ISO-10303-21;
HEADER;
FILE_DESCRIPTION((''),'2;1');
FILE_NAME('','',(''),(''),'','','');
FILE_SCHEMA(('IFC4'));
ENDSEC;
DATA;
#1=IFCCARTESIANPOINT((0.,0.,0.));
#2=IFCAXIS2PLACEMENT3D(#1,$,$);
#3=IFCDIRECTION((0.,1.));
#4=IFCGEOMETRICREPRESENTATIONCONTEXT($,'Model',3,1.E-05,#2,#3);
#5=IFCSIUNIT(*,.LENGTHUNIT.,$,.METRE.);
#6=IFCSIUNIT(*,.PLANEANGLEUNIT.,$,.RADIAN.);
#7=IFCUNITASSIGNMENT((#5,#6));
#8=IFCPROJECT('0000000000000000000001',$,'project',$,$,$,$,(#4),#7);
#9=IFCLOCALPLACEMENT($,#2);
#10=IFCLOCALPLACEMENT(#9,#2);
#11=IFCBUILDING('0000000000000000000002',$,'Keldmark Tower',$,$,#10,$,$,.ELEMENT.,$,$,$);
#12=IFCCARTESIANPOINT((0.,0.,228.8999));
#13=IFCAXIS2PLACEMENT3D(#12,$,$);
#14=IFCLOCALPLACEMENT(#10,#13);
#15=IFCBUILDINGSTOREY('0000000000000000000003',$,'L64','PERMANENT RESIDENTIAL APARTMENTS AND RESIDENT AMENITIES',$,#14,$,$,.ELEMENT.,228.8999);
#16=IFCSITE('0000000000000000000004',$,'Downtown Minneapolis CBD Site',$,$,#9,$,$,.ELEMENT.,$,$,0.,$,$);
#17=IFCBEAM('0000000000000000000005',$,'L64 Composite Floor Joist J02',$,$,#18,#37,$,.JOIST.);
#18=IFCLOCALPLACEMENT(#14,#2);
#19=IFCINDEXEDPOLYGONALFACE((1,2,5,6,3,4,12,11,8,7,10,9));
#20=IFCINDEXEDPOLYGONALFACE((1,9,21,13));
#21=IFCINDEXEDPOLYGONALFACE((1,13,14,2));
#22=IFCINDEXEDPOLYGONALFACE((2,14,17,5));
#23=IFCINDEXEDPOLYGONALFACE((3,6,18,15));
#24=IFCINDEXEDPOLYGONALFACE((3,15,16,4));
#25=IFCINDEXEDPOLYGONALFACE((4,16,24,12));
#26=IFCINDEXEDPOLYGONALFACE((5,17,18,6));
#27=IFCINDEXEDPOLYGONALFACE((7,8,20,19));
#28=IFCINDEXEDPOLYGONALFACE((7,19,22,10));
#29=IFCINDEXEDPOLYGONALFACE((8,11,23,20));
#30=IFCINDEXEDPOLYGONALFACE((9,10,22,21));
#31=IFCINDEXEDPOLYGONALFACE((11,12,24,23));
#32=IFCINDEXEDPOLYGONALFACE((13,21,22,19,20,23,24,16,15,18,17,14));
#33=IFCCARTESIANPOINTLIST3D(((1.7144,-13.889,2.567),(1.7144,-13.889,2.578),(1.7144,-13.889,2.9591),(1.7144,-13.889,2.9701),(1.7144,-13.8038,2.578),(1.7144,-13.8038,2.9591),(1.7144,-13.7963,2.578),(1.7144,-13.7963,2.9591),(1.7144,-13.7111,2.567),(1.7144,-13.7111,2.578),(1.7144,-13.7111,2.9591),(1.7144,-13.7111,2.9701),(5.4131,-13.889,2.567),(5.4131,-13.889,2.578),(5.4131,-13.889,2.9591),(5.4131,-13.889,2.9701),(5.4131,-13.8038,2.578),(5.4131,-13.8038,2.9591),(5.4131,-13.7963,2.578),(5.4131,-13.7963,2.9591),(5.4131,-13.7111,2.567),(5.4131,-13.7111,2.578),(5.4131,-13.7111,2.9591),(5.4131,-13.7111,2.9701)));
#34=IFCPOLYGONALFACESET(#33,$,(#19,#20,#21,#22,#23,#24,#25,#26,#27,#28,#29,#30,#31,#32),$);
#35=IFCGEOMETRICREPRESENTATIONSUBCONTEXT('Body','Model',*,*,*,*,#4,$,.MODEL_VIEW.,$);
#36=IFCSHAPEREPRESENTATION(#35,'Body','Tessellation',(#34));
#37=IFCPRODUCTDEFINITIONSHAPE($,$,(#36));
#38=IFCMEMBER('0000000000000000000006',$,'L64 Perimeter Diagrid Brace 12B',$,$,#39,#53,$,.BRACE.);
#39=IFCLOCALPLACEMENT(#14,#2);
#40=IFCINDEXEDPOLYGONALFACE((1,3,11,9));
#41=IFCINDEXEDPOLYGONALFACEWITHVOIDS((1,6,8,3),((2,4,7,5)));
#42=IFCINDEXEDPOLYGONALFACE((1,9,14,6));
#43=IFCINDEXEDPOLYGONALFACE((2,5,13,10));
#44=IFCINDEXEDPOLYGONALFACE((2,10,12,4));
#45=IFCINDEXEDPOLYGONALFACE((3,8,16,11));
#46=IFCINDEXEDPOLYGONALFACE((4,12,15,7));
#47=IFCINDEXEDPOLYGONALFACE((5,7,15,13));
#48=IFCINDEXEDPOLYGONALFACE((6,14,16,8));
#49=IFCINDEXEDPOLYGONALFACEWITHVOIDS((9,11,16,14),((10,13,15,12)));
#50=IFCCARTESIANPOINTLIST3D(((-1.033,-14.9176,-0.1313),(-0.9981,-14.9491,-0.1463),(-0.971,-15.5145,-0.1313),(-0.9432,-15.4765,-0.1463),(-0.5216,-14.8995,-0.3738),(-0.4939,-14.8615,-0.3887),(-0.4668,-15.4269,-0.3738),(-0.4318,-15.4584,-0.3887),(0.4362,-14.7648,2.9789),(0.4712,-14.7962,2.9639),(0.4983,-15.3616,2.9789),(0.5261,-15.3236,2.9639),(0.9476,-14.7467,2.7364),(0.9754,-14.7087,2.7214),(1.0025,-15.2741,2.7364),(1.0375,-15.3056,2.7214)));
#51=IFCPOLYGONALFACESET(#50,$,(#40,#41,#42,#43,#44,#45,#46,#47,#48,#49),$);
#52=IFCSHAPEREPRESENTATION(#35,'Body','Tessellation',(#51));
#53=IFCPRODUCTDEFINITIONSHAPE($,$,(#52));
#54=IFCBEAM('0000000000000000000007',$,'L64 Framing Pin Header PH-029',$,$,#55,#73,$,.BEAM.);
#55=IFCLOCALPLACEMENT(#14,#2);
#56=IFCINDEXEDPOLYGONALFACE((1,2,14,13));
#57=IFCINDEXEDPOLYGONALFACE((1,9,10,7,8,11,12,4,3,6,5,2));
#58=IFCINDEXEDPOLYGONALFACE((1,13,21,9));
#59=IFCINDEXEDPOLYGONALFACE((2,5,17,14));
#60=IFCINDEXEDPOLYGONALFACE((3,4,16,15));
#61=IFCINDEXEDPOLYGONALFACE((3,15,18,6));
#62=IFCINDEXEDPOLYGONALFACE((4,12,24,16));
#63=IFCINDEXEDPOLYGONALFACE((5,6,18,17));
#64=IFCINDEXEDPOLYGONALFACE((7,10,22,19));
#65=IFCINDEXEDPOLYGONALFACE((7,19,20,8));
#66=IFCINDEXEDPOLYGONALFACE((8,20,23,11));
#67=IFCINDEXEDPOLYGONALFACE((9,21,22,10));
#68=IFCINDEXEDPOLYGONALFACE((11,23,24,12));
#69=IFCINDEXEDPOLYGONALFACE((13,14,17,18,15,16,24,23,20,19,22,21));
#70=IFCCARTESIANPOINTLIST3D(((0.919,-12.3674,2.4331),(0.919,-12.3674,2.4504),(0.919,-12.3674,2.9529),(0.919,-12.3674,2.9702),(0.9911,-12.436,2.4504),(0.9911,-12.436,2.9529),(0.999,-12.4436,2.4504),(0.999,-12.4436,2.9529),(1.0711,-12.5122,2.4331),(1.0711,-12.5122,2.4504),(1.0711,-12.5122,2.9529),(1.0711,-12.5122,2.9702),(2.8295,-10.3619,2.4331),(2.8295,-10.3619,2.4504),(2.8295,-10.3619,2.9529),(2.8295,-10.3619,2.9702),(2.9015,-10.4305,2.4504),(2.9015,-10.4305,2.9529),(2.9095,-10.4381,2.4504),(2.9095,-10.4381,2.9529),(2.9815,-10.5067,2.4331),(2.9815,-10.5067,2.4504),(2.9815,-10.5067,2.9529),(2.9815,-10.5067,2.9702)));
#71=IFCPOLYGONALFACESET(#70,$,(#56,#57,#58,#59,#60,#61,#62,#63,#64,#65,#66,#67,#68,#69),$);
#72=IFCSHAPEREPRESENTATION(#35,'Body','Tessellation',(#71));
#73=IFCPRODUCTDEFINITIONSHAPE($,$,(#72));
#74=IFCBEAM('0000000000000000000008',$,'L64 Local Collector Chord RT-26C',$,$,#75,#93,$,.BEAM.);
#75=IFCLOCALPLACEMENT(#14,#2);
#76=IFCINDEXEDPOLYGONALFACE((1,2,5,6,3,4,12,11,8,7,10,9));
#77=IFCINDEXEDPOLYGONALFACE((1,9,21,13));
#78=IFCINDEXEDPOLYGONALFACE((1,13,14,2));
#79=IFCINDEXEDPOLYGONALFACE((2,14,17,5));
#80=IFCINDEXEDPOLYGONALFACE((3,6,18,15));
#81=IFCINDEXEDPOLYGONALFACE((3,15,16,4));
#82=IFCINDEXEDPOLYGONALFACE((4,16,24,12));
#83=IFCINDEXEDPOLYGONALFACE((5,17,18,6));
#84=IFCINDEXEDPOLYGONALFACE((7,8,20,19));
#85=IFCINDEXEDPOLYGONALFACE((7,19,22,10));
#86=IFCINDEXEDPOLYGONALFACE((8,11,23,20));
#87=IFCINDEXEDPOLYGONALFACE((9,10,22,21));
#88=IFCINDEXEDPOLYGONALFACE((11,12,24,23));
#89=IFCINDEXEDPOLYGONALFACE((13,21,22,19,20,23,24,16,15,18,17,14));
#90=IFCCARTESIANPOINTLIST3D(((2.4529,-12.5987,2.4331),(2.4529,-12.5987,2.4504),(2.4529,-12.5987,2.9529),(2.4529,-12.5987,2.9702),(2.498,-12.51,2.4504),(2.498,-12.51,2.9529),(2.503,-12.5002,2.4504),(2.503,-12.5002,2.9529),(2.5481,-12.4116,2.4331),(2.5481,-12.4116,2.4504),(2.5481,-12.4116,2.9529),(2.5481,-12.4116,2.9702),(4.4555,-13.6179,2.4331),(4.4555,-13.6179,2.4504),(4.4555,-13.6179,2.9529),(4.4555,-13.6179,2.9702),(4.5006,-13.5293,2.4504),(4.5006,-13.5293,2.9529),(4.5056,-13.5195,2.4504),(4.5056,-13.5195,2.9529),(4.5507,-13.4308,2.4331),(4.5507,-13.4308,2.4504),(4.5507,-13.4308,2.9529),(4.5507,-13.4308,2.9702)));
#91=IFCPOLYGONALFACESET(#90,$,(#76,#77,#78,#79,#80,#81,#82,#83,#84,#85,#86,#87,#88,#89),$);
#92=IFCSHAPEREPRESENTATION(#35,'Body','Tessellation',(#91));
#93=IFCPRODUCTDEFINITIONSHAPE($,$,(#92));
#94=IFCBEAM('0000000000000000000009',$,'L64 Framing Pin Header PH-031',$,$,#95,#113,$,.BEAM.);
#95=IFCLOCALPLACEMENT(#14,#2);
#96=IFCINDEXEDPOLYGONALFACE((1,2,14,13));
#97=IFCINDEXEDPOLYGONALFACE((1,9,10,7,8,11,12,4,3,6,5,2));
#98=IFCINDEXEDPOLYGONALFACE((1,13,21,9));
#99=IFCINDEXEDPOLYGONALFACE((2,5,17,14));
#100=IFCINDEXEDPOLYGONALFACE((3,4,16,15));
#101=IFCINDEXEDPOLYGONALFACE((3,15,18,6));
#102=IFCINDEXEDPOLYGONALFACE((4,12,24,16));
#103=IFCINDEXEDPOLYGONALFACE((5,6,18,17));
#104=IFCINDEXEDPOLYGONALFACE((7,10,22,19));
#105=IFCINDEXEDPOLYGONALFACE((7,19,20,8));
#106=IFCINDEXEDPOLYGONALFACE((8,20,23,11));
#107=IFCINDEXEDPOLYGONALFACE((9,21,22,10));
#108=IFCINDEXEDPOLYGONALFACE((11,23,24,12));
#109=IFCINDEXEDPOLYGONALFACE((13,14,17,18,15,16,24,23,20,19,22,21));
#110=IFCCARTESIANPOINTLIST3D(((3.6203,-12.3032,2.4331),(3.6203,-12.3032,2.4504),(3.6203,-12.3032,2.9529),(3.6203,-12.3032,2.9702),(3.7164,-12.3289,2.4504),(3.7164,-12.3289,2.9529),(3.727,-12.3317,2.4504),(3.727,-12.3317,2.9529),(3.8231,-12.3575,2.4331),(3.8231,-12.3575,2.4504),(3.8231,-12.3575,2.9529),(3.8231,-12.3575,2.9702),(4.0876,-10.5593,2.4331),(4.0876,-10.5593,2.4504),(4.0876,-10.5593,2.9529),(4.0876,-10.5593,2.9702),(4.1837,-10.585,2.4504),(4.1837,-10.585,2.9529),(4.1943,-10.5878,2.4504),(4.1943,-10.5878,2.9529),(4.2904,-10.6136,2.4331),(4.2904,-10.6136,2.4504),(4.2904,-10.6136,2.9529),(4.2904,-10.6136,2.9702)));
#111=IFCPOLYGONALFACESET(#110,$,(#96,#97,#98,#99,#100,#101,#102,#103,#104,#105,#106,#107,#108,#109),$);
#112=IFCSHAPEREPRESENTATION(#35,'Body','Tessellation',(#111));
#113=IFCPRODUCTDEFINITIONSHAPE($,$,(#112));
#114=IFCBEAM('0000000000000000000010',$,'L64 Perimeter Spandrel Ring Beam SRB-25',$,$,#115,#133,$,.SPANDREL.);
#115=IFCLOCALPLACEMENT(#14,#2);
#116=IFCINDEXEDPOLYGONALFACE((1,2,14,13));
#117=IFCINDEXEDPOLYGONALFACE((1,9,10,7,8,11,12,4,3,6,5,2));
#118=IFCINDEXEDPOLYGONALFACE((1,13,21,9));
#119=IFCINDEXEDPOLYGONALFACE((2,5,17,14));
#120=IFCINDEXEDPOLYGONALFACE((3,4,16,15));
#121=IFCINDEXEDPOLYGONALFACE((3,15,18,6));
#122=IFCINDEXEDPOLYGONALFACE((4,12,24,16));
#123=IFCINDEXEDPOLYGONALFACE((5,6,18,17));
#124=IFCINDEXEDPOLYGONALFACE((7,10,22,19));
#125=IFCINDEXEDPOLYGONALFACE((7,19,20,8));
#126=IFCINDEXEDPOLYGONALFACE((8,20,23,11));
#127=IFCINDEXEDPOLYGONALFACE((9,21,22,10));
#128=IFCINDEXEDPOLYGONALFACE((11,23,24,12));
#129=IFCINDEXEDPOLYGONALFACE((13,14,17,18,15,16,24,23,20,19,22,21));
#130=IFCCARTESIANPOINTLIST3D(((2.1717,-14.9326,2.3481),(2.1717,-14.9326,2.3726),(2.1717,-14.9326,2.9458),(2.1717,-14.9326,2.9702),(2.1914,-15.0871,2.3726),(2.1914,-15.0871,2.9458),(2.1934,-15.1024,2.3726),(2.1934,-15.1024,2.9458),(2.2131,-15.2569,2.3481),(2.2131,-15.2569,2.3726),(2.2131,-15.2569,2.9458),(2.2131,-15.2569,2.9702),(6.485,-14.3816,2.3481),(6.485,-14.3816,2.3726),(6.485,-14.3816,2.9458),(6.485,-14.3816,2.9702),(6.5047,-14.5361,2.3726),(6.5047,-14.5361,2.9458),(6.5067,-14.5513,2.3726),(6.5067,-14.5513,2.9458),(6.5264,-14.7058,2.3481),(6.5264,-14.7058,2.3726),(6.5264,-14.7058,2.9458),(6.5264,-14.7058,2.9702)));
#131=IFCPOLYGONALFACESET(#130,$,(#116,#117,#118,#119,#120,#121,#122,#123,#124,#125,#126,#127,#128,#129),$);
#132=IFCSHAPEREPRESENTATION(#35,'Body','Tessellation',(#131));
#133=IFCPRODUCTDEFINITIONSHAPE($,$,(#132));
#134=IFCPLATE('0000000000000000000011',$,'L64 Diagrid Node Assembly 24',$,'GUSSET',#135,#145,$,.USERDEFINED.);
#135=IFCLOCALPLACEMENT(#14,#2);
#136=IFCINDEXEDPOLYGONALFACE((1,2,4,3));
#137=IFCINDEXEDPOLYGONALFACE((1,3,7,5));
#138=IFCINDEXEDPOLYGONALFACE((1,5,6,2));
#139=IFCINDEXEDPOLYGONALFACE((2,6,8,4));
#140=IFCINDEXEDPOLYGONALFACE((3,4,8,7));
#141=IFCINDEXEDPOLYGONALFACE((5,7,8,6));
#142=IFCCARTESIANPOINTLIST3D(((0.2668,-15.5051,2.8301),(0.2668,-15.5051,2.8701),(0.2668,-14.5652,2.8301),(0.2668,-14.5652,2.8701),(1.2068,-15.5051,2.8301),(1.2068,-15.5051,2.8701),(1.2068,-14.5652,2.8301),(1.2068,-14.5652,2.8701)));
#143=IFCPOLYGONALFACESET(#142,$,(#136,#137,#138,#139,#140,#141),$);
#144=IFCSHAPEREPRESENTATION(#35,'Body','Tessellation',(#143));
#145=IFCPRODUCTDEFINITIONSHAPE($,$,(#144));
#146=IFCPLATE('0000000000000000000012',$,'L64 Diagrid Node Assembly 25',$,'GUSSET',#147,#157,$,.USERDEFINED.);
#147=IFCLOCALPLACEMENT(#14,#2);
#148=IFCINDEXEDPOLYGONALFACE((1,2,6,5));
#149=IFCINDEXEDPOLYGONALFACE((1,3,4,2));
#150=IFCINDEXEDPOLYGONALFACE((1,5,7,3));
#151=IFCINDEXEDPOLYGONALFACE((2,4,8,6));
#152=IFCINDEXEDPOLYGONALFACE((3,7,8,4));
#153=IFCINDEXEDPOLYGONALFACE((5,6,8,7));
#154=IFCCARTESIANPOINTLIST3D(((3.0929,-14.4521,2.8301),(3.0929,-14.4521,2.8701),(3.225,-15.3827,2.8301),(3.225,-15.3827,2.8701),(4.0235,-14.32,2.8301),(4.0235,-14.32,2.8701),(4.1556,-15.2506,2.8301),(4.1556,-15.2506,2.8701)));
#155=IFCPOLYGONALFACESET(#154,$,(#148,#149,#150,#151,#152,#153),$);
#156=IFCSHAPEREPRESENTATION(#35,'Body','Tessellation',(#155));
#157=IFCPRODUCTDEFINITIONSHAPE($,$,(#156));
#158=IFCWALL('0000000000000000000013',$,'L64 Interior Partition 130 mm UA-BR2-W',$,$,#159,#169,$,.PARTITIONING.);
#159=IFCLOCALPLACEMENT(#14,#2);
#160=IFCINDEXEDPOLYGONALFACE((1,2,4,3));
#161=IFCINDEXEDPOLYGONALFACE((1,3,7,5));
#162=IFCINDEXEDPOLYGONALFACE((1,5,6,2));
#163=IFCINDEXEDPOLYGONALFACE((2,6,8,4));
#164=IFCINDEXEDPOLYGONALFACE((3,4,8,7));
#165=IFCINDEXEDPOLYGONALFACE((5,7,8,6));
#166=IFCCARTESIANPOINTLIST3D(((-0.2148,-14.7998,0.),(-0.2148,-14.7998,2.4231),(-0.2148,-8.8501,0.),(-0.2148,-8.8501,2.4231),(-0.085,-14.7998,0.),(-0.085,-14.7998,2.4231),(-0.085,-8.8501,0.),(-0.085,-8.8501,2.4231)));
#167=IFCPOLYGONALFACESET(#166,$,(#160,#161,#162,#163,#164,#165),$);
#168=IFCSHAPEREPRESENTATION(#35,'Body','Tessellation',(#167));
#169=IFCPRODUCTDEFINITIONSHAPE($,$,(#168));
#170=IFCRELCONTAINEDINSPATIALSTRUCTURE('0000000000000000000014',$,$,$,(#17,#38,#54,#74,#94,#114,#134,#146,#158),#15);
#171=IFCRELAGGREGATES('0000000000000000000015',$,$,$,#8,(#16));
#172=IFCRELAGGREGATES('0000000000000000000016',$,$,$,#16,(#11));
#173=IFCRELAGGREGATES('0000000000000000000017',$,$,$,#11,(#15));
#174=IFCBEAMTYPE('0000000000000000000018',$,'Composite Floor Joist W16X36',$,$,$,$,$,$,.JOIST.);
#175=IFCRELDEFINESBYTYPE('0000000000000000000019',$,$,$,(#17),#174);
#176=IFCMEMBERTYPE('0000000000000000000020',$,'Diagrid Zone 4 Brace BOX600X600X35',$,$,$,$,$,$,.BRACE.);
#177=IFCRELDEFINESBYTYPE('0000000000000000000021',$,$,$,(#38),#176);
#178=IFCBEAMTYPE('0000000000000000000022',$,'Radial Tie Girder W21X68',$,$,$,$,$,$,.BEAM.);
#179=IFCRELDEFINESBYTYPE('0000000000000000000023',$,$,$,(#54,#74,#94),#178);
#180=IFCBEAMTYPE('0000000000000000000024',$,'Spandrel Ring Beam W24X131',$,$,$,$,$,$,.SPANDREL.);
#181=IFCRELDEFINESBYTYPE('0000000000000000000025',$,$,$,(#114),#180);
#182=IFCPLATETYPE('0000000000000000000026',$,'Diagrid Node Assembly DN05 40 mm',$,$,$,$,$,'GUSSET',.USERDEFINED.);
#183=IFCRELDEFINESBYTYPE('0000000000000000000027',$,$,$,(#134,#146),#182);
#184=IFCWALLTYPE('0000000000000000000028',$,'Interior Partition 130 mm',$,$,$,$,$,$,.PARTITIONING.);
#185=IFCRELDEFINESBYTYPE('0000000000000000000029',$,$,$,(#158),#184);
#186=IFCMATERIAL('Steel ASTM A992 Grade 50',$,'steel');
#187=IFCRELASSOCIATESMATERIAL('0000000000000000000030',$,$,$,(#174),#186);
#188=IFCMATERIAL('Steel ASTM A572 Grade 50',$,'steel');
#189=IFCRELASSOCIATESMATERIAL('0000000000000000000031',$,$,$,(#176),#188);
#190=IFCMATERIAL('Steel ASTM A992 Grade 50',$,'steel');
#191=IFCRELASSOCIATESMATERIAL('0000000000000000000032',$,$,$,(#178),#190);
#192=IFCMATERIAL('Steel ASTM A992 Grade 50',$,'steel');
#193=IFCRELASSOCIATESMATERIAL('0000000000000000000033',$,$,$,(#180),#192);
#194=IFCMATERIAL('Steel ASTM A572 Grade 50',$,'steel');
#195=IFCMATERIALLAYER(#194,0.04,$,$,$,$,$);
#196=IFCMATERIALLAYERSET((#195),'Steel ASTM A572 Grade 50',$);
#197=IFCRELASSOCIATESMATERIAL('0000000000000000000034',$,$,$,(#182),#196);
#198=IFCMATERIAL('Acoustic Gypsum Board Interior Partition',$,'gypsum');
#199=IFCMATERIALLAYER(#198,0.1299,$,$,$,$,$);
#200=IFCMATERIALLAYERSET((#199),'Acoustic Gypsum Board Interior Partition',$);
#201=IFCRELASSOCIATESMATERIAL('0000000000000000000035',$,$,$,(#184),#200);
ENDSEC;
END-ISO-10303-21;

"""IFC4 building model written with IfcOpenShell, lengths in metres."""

from ifc_helpers import new_model, si_unit, direction, frame, frame_2d, origin, origin_2d, place, context, subcontext, project, spatial, rectangle, hollow_rectangle, i_section, extrude, material, layer, layer_set, material_profile, profile_set, type_object, element, save


model = new_model("IFC4")

# Units and contexts
model_context = context("Model", 3, precision=1e-05, world=origin(), true_north=direction((0.0, 1.0)))
body_context = subcontext(model_context, "Body", "Model", "MODEL_VIEW")
ifc_project = project(units=[si_unit("LENGTHUNIT", "METRE"), si_unit("PLANEANGLEUNIT", "RADIAN")], contexts=[model_context])

# Site, building, storey
site_placement = place(None, origin())
site = spatial("IfcSite", under=ifc_project, at=site_placement, Name="Downtown Minneapolis CBD Site", CompositionType="ELEMENT", RefElevation=0.0)
building_placement = place(site_placement, origin())
building = spatial("IfcBuilding", under=site, at=building_placement, Name="Keldmark Tower", CompositionType="ELEMENT")
storey_placement = place(building_placement, frame((0.0, 0.0, 228.8999)))
storey = spatial("IfcBuildingStorey", under=building, at=storey_placement, Name="L64", Description="PERMANENT RESIDENTIAL APARTMENTS AND RESIDENT AMENITIES", CompositionType="ELEMENT", Elevation=228.8999)

# Beam
ifc_material_1 = material(Name="Steel ASTM A992 Grade 50", Category="steel")
ifc_material_profile_1 = material_profile(ifc_material_1, i_section(OverallWidth=0.178, OverallDepth=0.4031, WebThickness=0.0076, FlangeThickness=0.011, at=origin_2d()), Name="W16X36")
ifc_profile_set_1 = profile_set([ifc_material_profile_1], Name="Steel ASTM A992 Grade 50")
beam_type_1 = type_object("IfcBeamType", Name="Composite Floor Joist W16X36", PredefinedType="JOIST", material=ifc_profile_set_1)
beam_1_placement = place(storey_placement, frame((1.7144, -13.8, 2.7686), z_axis=(1.0, 0.0, 0.0), x_axis=(0.0, 1.0, 0.0)))
element("IfcBeam", 1, at=beam_1_placement, inside=storey, type_object=beam_type_1, Name="L64 Composite Floor Joist J02", PredefinedType="JOIST", context=body_context, shape_type="SweptSolid", body=[
    extrude(i_section(OverallWidth=0.178, OverallDepth=0.4031, WebThickness=0.0076, FlangeThickness=0.011, at=origin_2d()), origin(), (0.0, 0.0, 1.0), 3.6987),
])

# Member
ifc_material_2 = material(Name="Steel ASTM A572 Grade 50", Category="steel")
ifc_material_profile_2 = material_profile(ifc_material_2, hollow_rectangle(XDim=0.6001, YDim=0.6001, WallThickness=0.0349, at=origin_2d()), Name="BOX600X600X35")
ifc_profile_set_2 = profile_set([ifc_material_profile_2], Name="Steel ASTM A572 Grade 50")
member_type = type_object("IfcMemberType", Name="Diagrid Zone 4 Brace BOX600X600X35", PredefinedType="BRACE", material=ifc_profile_set_2)
member_placement = place(storey_placement, frame((-0.7324, -15.188, -0.26), z_axis=(0.426722, 0.044388, 0.903293), x_axis=(-0.103463, 0.994633, 0.0)))
element("IfcMember", 2, at=member_placement, inside=storey, type_object=member_type, Name="L64 Perimeter Diagrid Brace 12B", PredefinedType="BRACE", context=body_context, shape_type="SweptSolid", body=[
    extrude(hollow_rectangle(XDim=0.6001, YDim=0.6001, WallThickness=0.0349, at=origin_2d()), origin(), (0.0, 0.0, 1.0), 3.4431),
])

# Beams
ifc_material_3 = material(Name="Steel ASTM A992 Grade 50", Category="steel")
ifc_material_profile_3 = material_profile(ifc_material_3, i_section(OverallWidth=0.21, OverallDepth=0.5371, WebThickness=0.011, FlangeThickness=0.0173, at=origin_2d()), Name="W21X68")
ifc_profile_set_3 = profile_set([ifc_material_profile_3], Name="Steel ASTM A992 Grade 50")
beam_type_2 = type_object("IfcBeamType", Name="Radial Tie Girder W21X68", PredefinedType="BEAM", material=ifc_profile_set_3)
beam_2_placement = place(storey_placement, frame((2.9055, -10.4343, 2.7017), z_axis=(-0.689754, -0.724044, 0.0), x_axis=(0.724044, -0.689754, 0.0)))
element("IfcBeam", 3, at=beam_2_placement, inside=storey, type_object=beam_type_2, Name="L64 Framing Pin Header PH-029", PredefinedType="BEAM", context=body_context, shape_type="SweptSolid", body=[
    extrude(i_section(OverallWidth=0.21, OverallDepth=0.5371, WebThickness=0.011, FlangeThickness=0.0173, at=origin_2d()), origin(), (0.0, 0.0, 1.0), 2.7698),
])
beam_3_placement = place(storey_placement, frame((2.5005, -12.5051, 2.7017), z_axis=(0.89121, -0.45359, 0.0), x_axis=(0.45359, 0.89121, 0.0)))
element("IfcBeam", 4, at=beam_3_placement, inside=storey, type_object=beam_type_2, Name="L64 Local Collector Chord RT-26C", PredefinedType="BEAM", context=body_context, shape_type="SweptSolid", body=[
    extrude(i_section(OverallWidth=0.21, OverallDepth=0.5371, WebThickness=0.011, FlangeThickness=0.0173, at=origin_2d()), origin(), (0.0, 0.0, 1.0), 2.2471),
])
beam_4_placement = place(storey_placement, frame((4.189, -10.5864, 2.7017), z_axis=(-0.258824, -0.965925, 0.0), x_axis=(0.965925, -0.258824, 0.0)))
element("IfcBeam", 5, at=beam_4_placement, inside=storey, type_object=beam_type_2, Name="L64 Framing Pin Header PH-031", PredefinedType="BEAM", context=body_context, shape_type="SweptSolid", body=[
    extrude(i_section(OverallWidth=0.21, OverallDepth=0.5371, WebThickness=0.011, FlangeThickness=0.0173, at=origin_2d()), origin(), (0.0, 0.0, 1.0), 1.8054),
])
ifc_material_4 = material(Name="Steel ASTM A992 Grade 50", Category="steel")
ifc_material_profile_4 = material_profile(ifc_material_4, i_section(OverallWidth=0.3269, OverallDepth=0.6221, WebThickness=0.0154, FlangeThickness=0.0244, at=origin_2d()), Name="W24X131")
ifc_profile_set_4 = profile_set([ifc_material_profile_4], Name="Steel ASTM A992 Grade 50")
beam_type_3 = type_object("IfcBeamType", Name="Spandrel Ring Beam W24X131", PredefinedType="SPANDREL", material=ifc_profile_set_4)
beam_5_placement = place(storey_placement, frame((2.1924, -15.0947, 2.6592), z_axis=(0.991938, 0.126722, 0.0), x_axis=(-0.126722, 0.991938, 0.0)))
element("IfcBeam", 6, at=beam_5_placement, inside=storey, type_object=beam_type_3, Name="L64 Perimeter Spandrel Ring Beam SRB-25", PredefinedType="SPANDREL", context=body_context, shape_type="SweptSolid", body=[
    extrude(i_section(OverallWidth=0.3269, OverallDepth=0.6221, WebThickness=0.0154, FlangeThickness=0.0244, at=origin_2d()), origin(), (0.0, 0.0, 1.0), 4.3484),
])

# Plates
ifc_material_5 = material(Name="Steel ASTM A572 Grade 50", Category="steel")
ifc_layer_1 = layer(ifc_material_5, 0.04)
ifc_layer_set_1 = layer_set([ifc_layer_1], Name="Steel ASTM A572 Grade 50")
plate_type = type_object("IfcPlateType", Name="Diagrid Node Assembly DN05 40 mm", ElementType="GUSSET", PredefinedType="USERDEFINED", material=ifc_layer_set_1)
for number, where, z_axis, x_axis, name in (
    (7, (0.7368, -15.0352, 2.8301), (0.0, 0.0, 1.0), (1.0, 0.0, 0.0), "L64 Diagrid Node Assembly 24"),
    (8, (3.6243, -14.8513, 2.8301), (0.0, 0.0, 1.0), (0.990073, 0.140556, 0.0), "L64 Diagrid Node Assembly 25"),
):
    element("IfcPlate", number, at=place(storey_placement, frame(where, z_axis=z_axis, x_axis=x_axis)), inside=storey, type_object=plate_type, Name=name, ObjectType="GUSSET", PredefinedType="USERDEFINED", context=body_context, shape_type="SweptSolid", body=[
        extrude(rectangle(XDim=0.9399, YDim=0.9399, at=origin_2d()), origin(), (0.0, 0.0, 1.0), 0.04),
    ])

# Wall
ifc_material_6 = material(Name="Acoustic Gypsum Board Interior Partition", Category="gypsum")
ifc_layer_2 = layer(ifc_material_6, 0.1299)
ifc_layer_set_2 = layer_set([ifc_layer_2], Name="Acoustic Gypsum Board Interior Partition")
wall_type_1 = type_object("IfcWallType", Name="Interior Partition 130 mm", PredefinedType="PARTITIONING", material=ifc_layer_set_2)
wall_1_placement = place(storey_placement, frame((-0.1499, -14.7998, 0.0), z_axis=(0.0, 0.0, 1.0), x_axis=(0.0, 1.0, 0.0)))
element("IfcWall", 9, at=wall_1_placement, inside=storey, type_object=wall_type_1, Name="L64 Interior Partition 130 mm UA-BR2-W", PredefinedType="PARTITIONING", context=body_context, shape_type="SweptSolid", body=[
    extrude(rectangle(XDim=5.9497, YDim=0.1299, at=frame_2d((2.9749, 0.0))), origin(), (0.0, 0.0, 1.0), 2.4231),
])

save(model, "model.ifc")
